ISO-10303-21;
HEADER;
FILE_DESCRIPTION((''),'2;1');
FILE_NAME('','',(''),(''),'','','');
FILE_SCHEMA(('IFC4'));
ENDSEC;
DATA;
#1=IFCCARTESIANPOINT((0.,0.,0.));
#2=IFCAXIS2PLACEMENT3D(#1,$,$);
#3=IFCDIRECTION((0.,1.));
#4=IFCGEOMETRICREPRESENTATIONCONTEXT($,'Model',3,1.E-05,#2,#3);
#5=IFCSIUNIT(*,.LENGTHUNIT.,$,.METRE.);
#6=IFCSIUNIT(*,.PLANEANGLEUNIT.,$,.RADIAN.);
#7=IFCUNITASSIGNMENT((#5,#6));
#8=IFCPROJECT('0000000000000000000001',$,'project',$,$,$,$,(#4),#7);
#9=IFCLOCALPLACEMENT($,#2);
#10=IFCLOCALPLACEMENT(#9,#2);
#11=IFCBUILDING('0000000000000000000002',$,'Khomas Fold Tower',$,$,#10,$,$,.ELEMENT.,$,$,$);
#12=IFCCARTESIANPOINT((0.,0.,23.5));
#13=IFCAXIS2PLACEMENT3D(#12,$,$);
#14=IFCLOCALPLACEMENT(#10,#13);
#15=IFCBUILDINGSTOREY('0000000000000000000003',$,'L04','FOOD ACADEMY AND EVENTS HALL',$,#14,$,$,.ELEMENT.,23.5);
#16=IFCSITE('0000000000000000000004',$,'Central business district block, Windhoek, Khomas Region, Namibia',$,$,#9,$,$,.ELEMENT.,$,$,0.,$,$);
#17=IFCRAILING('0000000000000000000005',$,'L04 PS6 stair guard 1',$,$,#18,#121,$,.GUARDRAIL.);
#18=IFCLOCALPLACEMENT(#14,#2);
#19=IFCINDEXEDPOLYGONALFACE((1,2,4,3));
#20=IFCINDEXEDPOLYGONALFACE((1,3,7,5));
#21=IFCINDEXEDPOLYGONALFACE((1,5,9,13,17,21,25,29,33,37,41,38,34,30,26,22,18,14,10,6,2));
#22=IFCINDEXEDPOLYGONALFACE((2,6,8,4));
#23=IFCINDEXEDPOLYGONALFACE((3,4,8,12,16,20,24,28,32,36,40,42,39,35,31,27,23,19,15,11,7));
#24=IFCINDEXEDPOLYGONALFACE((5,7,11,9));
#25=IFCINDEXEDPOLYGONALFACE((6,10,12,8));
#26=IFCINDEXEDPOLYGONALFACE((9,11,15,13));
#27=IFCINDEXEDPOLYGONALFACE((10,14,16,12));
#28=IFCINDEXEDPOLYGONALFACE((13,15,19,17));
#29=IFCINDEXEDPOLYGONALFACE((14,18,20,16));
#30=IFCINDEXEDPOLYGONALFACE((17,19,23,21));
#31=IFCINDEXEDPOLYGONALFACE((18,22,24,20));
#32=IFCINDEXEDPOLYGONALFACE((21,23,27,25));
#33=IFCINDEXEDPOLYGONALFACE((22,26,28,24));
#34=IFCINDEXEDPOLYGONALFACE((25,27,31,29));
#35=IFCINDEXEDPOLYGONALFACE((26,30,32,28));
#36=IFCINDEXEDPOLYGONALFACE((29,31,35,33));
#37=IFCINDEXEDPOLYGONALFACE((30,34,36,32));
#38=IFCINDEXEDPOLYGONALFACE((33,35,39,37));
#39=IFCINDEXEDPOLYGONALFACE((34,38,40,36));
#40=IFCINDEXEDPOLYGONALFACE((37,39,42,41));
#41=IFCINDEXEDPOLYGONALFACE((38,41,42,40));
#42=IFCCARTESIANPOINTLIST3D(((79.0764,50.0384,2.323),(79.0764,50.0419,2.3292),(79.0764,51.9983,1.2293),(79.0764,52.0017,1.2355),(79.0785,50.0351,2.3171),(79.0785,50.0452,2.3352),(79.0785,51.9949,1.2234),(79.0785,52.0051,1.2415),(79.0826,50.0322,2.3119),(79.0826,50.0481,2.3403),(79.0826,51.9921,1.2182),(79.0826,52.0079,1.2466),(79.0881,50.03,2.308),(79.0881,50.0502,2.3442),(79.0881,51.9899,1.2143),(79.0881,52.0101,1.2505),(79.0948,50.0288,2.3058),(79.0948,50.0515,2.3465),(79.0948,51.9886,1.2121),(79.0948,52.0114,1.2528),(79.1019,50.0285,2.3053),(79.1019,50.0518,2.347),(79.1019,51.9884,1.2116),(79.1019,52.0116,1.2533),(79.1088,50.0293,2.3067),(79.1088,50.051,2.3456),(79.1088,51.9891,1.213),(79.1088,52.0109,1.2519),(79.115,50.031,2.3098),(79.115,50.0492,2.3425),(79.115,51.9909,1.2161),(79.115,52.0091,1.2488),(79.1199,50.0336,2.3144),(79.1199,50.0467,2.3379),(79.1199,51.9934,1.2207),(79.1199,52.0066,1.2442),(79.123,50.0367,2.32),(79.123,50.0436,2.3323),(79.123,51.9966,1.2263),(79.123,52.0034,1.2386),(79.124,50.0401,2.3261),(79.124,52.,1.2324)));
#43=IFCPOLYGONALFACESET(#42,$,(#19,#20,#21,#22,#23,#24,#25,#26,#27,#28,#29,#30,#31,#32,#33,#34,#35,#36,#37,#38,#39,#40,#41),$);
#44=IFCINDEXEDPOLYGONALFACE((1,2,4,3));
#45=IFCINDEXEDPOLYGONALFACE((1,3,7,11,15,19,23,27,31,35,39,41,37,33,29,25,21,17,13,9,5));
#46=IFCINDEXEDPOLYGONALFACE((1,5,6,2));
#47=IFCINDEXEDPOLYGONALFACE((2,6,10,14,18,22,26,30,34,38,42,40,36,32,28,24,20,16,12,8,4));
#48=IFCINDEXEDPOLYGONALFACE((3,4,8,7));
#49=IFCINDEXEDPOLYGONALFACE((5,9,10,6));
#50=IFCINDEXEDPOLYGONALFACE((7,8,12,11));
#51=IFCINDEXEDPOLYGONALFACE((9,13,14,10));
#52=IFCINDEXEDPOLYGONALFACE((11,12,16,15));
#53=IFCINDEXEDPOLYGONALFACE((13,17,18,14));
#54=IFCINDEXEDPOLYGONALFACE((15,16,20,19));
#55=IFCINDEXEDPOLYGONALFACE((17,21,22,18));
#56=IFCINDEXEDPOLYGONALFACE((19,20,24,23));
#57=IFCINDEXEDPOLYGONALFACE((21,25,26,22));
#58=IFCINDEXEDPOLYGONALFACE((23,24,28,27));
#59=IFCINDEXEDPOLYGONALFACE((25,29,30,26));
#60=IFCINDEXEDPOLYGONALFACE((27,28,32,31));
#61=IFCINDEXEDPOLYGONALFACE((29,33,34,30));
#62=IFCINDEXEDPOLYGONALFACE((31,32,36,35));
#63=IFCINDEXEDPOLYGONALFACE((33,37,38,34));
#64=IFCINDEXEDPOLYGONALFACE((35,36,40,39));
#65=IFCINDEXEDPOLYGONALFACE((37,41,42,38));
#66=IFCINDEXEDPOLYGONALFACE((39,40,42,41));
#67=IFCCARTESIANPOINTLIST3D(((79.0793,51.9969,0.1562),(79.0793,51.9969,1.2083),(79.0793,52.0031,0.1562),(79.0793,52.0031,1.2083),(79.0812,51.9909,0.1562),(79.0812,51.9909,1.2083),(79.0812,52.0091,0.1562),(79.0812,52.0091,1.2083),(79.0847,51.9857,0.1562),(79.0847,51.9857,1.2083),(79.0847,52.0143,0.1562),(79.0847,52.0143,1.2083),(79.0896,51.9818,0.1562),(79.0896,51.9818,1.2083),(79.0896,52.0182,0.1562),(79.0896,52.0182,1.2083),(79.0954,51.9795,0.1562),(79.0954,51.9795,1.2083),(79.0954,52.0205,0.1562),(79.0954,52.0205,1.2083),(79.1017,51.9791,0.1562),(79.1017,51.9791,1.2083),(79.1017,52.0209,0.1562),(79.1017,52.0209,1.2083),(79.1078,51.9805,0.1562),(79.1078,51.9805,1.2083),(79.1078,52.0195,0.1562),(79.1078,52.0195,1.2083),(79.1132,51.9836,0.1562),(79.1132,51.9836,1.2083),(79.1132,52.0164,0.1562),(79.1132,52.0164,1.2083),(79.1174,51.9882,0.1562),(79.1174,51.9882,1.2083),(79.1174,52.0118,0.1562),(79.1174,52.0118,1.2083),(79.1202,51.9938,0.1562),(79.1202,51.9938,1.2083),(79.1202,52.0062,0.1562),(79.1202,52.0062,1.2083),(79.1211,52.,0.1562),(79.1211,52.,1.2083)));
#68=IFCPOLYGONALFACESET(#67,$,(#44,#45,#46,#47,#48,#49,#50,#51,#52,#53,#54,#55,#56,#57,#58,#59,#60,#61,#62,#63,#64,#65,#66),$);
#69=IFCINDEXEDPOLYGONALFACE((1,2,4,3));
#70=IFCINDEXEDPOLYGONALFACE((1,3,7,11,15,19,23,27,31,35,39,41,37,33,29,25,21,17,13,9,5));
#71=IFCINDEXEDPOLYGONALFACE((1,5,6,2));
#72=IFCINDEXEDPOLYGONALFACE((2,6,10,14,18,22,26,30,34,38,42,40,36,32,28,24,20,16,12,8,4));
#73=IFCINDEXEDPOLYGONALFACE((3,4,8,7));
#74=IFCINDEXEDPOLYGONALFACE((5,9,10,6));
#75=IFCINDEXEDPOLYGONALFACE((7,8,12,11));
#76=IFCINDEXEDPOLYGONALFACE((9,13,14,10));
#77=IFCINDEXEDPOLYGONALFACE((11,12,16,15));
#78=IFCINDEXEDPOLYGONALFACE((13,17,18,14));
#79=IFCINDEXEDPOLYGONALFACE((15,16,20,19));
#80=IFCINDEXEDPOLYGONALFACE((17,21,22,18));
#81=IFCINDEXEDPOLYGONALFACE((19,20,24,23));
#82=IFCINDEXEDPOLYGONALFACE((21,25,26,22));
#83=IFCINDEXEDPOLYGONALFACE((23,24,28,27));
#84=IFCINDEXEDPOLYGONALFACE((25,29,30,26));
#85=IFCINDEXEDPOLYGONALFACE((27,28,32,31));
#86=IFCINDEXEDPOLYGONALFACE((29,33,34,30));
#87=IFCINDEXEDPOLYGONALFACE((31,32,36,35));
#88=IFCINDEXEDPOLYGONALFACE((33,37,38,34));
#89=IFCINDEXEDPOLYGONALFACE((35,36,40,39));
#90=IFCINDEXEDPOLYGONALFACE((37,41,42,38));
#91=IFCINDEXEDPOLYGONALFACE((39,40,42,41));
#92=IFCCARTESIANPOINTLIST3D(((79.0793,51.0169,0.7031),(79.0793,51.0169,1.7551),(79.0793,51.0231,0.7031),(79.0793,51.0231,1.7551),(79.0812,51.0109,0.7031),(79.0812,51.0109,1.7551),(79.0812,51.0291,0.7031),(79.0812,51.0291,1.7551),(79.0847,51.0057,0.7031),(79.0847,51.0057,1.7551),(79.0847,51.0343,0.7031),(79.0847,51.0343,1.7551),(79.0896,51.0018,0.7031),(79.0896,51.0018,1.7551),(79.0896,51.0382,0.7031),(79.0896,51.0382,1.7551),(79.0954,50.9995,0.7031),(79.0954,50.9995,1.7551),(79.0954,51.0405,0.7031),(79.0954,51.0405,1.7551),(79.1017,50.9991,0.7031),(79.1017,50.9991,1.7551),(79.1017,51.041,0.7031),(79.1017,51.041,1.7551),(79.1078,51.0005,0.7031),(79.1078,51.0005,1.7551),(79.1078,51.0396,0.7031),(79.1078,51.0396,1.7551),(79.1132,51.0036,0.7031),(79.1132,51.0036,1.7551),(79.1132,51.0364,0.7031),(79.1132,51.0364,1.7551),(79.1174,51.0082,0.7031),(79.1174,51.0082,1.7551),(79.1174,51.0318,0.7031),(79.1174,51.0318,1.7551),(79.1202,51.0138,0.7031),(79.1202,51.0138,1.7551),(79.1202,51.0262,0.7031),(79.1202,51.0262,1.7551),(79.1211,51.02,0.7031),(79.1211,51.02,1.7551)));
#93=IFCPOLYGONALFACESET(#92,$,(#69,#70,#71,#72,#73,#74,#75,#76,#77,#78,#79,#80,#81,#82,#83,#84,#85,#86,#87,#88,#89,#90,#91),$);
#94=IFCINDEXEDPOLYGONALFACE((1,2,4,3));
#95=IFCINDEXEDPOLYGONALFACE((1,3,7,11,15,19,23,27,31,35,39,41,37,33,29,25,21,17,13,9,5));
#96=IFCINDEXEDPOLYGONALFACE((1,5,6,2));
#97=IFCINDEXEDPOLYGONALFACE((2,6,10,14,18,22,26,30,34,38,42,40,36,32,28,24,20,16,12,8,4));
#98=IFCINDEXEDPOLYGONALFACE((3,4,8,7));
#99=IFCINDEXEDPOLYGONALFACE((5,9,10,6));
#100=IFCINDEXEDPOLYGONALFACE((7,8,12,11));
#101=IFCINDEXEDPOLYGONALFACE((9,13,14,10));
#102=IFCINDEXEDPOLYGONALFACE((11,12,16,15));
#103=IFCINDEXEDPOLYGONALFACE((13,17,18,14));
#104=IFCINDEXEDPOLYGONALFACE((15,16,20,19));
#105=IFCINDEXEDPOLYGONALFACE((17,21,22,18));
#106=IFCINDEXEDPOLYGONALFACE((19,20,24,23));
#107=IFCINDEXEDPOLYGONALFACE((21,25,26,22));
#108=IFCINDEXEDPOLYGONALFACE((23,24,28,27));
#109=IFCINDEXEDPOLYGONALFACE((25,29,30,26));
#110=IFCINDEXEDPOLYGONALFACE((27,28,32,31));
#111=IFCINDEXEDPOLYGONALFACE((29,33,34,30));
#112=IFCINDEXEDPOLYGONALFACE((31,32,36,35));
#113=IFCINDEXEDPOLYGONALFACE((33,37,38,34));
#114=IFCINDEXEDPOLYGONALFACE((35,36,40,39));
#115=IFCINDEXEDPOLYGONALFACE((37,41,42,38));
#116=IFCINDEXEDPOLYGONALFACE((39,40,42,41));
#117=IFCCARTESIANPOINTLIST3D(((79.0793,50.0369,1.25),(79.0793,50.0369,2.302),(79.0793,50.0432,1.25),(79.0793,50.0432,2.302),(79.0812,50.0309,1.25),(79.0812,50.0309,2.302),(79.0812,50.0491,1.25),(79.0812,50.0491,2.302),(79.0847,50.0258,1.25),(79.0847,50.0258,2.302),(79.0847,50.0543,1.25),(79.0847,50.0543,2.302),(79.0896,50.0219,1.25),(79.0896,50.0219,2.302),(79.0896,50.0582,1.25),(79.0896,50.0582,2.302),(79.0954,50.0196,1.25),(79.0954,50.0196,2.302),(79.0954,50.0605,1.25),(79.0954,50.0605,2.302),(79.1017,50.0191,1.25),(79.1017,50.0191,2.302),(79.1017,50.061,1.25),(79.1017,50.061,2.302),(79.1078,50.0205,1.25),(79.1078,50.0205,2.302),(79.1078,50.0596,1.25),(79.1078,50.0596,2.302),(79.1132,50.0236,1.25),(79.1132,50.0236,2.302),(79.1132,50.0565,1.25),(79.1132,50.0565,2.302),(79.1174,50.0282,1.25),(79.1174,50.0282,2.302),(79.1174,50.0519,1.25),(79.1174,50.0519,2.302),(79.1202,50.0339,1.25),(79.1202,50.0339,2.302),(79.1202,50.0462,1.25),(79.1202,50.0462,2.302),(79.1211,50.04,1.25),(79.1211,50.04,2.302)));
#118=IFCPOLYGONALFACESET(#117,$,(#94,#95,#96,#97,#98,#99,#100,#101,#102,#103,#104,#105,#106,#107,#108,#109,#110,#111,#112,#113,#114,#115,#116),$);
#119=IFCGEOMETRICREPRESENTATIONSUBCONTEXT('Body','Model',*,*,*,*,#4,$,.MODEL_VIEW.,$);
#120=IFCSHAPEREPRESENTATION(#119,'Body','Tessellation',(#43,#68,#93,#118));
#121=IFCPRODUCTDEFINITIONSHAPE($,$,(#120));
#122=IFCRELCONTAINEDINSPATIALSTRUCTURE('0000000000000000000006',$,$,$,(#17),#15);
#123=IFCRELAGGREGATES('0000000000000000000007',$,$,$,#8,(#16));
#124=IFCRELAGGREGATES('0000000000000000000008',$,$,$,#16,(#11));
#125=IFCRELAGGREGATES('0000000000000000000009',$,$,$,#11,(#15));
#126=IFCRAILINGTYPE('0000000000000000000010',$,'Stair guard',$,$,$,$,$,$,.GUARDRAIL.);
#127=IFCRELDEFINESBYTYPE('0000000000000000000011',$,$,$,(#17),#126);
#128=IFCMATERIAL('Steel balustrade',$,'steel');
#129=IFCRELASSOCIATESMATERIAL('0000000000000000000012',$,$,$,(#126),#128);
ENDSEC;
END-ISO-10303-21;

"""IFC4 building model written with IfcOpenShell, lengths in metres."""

from ifc_helpers import new_model, si_unit, direction, frame, origin, origin_2d, place, context, subcontext, project, spatial, circle, extrude, source, transform, mapped, material, type_object, element, save


model = new_model("IFC4")

# Units and contexts
model_context = context("Model", 3, precision=1e-05, world=origin(), true_north=direction((0.0, 1.0)))
body_context = subcontext(model_context, "Body", "Model", "MODEL_VIEW")
ifc_project = project(units=[si_unit("LENGTHUNIT", "METRE"), si_unit("PLANEANGLEUNIT", "RADIAN")], contexts=[model_context])

# Site, building, storey
site_placement = place(None, origin())
site = spatial("IfcSite", under=ifc_project, at=site_placement, Name="Central business district block, Windhoek, Khomas Region, Namibia", CompositionType="ELEMENT", RefElevation=0.0)
building_placement = place(site_placement, origin())
building = spatial("IfcBuilding", under=site, at=building_placement, Name="Khomas Fold Tower", CompositionType="ELEMENT")
storey_placement = place(building_placement, frame((0.0, 0.0, 23.5)))
storey = spatial("IfcBuildingStorey", under=building, at=storey_placement, Name="L04", Description="FOOD ACADEMY AND EVENTS HALL", CompositionType="ELEMENT", Elevation=23.5)

# Railing
ifc_material_1 = material(Name="Steel balustrade", Category="steel")
railing_type_1 = type_object("IfcRailingType", Name="Stair guard", PredefinedType="GUARDRAIL", material=ifc_material_1)
shared_shape_1 = source(origin(), body_context, "Body", "SweptSolid", [
    extrude(circle(Radius=0.0239, at=origin_2d()), frame((0.0, 0.0, 1.0762), z_axis=(0.0, -0.873232, 0.487304), x_axis=(1.0, 0.0, 0.0)), (0.0, 0.0, 1.0), 2.2444),
    extrude(circle(Radius=0.021, at=origin_2d()), origin(), (0.0, 0.0, 1.0), 1.052),
    extrude(circle(Radius=0.021, at=origin_2d()), frame((0.0, -0.98, 0.5469)), (0.0, 0.0, 1.0), 1.052),
    extrude(circle(Radius=0.021, at=origin_2d()), frame((0.0, -1.96, 1.0938)), (0.0, 0.0, 1.0), 1.052),
])
railing_placement = place(storey_placement, frame((79.1001, 52.0, 0.1562)))
element("IfcRailing", 1, at=railing_placement, inside=storey, type_object=railing_type_1, Name="L04 PS6 stair guard 1", PredefinedType="GUARDRAIL", context=body_context, shape_type="MappedRepresentation", body=[
    mapped(shared_shape_1, transform((0.0, 0.0, 0.0))),
])

save(model, "model.ifc")
